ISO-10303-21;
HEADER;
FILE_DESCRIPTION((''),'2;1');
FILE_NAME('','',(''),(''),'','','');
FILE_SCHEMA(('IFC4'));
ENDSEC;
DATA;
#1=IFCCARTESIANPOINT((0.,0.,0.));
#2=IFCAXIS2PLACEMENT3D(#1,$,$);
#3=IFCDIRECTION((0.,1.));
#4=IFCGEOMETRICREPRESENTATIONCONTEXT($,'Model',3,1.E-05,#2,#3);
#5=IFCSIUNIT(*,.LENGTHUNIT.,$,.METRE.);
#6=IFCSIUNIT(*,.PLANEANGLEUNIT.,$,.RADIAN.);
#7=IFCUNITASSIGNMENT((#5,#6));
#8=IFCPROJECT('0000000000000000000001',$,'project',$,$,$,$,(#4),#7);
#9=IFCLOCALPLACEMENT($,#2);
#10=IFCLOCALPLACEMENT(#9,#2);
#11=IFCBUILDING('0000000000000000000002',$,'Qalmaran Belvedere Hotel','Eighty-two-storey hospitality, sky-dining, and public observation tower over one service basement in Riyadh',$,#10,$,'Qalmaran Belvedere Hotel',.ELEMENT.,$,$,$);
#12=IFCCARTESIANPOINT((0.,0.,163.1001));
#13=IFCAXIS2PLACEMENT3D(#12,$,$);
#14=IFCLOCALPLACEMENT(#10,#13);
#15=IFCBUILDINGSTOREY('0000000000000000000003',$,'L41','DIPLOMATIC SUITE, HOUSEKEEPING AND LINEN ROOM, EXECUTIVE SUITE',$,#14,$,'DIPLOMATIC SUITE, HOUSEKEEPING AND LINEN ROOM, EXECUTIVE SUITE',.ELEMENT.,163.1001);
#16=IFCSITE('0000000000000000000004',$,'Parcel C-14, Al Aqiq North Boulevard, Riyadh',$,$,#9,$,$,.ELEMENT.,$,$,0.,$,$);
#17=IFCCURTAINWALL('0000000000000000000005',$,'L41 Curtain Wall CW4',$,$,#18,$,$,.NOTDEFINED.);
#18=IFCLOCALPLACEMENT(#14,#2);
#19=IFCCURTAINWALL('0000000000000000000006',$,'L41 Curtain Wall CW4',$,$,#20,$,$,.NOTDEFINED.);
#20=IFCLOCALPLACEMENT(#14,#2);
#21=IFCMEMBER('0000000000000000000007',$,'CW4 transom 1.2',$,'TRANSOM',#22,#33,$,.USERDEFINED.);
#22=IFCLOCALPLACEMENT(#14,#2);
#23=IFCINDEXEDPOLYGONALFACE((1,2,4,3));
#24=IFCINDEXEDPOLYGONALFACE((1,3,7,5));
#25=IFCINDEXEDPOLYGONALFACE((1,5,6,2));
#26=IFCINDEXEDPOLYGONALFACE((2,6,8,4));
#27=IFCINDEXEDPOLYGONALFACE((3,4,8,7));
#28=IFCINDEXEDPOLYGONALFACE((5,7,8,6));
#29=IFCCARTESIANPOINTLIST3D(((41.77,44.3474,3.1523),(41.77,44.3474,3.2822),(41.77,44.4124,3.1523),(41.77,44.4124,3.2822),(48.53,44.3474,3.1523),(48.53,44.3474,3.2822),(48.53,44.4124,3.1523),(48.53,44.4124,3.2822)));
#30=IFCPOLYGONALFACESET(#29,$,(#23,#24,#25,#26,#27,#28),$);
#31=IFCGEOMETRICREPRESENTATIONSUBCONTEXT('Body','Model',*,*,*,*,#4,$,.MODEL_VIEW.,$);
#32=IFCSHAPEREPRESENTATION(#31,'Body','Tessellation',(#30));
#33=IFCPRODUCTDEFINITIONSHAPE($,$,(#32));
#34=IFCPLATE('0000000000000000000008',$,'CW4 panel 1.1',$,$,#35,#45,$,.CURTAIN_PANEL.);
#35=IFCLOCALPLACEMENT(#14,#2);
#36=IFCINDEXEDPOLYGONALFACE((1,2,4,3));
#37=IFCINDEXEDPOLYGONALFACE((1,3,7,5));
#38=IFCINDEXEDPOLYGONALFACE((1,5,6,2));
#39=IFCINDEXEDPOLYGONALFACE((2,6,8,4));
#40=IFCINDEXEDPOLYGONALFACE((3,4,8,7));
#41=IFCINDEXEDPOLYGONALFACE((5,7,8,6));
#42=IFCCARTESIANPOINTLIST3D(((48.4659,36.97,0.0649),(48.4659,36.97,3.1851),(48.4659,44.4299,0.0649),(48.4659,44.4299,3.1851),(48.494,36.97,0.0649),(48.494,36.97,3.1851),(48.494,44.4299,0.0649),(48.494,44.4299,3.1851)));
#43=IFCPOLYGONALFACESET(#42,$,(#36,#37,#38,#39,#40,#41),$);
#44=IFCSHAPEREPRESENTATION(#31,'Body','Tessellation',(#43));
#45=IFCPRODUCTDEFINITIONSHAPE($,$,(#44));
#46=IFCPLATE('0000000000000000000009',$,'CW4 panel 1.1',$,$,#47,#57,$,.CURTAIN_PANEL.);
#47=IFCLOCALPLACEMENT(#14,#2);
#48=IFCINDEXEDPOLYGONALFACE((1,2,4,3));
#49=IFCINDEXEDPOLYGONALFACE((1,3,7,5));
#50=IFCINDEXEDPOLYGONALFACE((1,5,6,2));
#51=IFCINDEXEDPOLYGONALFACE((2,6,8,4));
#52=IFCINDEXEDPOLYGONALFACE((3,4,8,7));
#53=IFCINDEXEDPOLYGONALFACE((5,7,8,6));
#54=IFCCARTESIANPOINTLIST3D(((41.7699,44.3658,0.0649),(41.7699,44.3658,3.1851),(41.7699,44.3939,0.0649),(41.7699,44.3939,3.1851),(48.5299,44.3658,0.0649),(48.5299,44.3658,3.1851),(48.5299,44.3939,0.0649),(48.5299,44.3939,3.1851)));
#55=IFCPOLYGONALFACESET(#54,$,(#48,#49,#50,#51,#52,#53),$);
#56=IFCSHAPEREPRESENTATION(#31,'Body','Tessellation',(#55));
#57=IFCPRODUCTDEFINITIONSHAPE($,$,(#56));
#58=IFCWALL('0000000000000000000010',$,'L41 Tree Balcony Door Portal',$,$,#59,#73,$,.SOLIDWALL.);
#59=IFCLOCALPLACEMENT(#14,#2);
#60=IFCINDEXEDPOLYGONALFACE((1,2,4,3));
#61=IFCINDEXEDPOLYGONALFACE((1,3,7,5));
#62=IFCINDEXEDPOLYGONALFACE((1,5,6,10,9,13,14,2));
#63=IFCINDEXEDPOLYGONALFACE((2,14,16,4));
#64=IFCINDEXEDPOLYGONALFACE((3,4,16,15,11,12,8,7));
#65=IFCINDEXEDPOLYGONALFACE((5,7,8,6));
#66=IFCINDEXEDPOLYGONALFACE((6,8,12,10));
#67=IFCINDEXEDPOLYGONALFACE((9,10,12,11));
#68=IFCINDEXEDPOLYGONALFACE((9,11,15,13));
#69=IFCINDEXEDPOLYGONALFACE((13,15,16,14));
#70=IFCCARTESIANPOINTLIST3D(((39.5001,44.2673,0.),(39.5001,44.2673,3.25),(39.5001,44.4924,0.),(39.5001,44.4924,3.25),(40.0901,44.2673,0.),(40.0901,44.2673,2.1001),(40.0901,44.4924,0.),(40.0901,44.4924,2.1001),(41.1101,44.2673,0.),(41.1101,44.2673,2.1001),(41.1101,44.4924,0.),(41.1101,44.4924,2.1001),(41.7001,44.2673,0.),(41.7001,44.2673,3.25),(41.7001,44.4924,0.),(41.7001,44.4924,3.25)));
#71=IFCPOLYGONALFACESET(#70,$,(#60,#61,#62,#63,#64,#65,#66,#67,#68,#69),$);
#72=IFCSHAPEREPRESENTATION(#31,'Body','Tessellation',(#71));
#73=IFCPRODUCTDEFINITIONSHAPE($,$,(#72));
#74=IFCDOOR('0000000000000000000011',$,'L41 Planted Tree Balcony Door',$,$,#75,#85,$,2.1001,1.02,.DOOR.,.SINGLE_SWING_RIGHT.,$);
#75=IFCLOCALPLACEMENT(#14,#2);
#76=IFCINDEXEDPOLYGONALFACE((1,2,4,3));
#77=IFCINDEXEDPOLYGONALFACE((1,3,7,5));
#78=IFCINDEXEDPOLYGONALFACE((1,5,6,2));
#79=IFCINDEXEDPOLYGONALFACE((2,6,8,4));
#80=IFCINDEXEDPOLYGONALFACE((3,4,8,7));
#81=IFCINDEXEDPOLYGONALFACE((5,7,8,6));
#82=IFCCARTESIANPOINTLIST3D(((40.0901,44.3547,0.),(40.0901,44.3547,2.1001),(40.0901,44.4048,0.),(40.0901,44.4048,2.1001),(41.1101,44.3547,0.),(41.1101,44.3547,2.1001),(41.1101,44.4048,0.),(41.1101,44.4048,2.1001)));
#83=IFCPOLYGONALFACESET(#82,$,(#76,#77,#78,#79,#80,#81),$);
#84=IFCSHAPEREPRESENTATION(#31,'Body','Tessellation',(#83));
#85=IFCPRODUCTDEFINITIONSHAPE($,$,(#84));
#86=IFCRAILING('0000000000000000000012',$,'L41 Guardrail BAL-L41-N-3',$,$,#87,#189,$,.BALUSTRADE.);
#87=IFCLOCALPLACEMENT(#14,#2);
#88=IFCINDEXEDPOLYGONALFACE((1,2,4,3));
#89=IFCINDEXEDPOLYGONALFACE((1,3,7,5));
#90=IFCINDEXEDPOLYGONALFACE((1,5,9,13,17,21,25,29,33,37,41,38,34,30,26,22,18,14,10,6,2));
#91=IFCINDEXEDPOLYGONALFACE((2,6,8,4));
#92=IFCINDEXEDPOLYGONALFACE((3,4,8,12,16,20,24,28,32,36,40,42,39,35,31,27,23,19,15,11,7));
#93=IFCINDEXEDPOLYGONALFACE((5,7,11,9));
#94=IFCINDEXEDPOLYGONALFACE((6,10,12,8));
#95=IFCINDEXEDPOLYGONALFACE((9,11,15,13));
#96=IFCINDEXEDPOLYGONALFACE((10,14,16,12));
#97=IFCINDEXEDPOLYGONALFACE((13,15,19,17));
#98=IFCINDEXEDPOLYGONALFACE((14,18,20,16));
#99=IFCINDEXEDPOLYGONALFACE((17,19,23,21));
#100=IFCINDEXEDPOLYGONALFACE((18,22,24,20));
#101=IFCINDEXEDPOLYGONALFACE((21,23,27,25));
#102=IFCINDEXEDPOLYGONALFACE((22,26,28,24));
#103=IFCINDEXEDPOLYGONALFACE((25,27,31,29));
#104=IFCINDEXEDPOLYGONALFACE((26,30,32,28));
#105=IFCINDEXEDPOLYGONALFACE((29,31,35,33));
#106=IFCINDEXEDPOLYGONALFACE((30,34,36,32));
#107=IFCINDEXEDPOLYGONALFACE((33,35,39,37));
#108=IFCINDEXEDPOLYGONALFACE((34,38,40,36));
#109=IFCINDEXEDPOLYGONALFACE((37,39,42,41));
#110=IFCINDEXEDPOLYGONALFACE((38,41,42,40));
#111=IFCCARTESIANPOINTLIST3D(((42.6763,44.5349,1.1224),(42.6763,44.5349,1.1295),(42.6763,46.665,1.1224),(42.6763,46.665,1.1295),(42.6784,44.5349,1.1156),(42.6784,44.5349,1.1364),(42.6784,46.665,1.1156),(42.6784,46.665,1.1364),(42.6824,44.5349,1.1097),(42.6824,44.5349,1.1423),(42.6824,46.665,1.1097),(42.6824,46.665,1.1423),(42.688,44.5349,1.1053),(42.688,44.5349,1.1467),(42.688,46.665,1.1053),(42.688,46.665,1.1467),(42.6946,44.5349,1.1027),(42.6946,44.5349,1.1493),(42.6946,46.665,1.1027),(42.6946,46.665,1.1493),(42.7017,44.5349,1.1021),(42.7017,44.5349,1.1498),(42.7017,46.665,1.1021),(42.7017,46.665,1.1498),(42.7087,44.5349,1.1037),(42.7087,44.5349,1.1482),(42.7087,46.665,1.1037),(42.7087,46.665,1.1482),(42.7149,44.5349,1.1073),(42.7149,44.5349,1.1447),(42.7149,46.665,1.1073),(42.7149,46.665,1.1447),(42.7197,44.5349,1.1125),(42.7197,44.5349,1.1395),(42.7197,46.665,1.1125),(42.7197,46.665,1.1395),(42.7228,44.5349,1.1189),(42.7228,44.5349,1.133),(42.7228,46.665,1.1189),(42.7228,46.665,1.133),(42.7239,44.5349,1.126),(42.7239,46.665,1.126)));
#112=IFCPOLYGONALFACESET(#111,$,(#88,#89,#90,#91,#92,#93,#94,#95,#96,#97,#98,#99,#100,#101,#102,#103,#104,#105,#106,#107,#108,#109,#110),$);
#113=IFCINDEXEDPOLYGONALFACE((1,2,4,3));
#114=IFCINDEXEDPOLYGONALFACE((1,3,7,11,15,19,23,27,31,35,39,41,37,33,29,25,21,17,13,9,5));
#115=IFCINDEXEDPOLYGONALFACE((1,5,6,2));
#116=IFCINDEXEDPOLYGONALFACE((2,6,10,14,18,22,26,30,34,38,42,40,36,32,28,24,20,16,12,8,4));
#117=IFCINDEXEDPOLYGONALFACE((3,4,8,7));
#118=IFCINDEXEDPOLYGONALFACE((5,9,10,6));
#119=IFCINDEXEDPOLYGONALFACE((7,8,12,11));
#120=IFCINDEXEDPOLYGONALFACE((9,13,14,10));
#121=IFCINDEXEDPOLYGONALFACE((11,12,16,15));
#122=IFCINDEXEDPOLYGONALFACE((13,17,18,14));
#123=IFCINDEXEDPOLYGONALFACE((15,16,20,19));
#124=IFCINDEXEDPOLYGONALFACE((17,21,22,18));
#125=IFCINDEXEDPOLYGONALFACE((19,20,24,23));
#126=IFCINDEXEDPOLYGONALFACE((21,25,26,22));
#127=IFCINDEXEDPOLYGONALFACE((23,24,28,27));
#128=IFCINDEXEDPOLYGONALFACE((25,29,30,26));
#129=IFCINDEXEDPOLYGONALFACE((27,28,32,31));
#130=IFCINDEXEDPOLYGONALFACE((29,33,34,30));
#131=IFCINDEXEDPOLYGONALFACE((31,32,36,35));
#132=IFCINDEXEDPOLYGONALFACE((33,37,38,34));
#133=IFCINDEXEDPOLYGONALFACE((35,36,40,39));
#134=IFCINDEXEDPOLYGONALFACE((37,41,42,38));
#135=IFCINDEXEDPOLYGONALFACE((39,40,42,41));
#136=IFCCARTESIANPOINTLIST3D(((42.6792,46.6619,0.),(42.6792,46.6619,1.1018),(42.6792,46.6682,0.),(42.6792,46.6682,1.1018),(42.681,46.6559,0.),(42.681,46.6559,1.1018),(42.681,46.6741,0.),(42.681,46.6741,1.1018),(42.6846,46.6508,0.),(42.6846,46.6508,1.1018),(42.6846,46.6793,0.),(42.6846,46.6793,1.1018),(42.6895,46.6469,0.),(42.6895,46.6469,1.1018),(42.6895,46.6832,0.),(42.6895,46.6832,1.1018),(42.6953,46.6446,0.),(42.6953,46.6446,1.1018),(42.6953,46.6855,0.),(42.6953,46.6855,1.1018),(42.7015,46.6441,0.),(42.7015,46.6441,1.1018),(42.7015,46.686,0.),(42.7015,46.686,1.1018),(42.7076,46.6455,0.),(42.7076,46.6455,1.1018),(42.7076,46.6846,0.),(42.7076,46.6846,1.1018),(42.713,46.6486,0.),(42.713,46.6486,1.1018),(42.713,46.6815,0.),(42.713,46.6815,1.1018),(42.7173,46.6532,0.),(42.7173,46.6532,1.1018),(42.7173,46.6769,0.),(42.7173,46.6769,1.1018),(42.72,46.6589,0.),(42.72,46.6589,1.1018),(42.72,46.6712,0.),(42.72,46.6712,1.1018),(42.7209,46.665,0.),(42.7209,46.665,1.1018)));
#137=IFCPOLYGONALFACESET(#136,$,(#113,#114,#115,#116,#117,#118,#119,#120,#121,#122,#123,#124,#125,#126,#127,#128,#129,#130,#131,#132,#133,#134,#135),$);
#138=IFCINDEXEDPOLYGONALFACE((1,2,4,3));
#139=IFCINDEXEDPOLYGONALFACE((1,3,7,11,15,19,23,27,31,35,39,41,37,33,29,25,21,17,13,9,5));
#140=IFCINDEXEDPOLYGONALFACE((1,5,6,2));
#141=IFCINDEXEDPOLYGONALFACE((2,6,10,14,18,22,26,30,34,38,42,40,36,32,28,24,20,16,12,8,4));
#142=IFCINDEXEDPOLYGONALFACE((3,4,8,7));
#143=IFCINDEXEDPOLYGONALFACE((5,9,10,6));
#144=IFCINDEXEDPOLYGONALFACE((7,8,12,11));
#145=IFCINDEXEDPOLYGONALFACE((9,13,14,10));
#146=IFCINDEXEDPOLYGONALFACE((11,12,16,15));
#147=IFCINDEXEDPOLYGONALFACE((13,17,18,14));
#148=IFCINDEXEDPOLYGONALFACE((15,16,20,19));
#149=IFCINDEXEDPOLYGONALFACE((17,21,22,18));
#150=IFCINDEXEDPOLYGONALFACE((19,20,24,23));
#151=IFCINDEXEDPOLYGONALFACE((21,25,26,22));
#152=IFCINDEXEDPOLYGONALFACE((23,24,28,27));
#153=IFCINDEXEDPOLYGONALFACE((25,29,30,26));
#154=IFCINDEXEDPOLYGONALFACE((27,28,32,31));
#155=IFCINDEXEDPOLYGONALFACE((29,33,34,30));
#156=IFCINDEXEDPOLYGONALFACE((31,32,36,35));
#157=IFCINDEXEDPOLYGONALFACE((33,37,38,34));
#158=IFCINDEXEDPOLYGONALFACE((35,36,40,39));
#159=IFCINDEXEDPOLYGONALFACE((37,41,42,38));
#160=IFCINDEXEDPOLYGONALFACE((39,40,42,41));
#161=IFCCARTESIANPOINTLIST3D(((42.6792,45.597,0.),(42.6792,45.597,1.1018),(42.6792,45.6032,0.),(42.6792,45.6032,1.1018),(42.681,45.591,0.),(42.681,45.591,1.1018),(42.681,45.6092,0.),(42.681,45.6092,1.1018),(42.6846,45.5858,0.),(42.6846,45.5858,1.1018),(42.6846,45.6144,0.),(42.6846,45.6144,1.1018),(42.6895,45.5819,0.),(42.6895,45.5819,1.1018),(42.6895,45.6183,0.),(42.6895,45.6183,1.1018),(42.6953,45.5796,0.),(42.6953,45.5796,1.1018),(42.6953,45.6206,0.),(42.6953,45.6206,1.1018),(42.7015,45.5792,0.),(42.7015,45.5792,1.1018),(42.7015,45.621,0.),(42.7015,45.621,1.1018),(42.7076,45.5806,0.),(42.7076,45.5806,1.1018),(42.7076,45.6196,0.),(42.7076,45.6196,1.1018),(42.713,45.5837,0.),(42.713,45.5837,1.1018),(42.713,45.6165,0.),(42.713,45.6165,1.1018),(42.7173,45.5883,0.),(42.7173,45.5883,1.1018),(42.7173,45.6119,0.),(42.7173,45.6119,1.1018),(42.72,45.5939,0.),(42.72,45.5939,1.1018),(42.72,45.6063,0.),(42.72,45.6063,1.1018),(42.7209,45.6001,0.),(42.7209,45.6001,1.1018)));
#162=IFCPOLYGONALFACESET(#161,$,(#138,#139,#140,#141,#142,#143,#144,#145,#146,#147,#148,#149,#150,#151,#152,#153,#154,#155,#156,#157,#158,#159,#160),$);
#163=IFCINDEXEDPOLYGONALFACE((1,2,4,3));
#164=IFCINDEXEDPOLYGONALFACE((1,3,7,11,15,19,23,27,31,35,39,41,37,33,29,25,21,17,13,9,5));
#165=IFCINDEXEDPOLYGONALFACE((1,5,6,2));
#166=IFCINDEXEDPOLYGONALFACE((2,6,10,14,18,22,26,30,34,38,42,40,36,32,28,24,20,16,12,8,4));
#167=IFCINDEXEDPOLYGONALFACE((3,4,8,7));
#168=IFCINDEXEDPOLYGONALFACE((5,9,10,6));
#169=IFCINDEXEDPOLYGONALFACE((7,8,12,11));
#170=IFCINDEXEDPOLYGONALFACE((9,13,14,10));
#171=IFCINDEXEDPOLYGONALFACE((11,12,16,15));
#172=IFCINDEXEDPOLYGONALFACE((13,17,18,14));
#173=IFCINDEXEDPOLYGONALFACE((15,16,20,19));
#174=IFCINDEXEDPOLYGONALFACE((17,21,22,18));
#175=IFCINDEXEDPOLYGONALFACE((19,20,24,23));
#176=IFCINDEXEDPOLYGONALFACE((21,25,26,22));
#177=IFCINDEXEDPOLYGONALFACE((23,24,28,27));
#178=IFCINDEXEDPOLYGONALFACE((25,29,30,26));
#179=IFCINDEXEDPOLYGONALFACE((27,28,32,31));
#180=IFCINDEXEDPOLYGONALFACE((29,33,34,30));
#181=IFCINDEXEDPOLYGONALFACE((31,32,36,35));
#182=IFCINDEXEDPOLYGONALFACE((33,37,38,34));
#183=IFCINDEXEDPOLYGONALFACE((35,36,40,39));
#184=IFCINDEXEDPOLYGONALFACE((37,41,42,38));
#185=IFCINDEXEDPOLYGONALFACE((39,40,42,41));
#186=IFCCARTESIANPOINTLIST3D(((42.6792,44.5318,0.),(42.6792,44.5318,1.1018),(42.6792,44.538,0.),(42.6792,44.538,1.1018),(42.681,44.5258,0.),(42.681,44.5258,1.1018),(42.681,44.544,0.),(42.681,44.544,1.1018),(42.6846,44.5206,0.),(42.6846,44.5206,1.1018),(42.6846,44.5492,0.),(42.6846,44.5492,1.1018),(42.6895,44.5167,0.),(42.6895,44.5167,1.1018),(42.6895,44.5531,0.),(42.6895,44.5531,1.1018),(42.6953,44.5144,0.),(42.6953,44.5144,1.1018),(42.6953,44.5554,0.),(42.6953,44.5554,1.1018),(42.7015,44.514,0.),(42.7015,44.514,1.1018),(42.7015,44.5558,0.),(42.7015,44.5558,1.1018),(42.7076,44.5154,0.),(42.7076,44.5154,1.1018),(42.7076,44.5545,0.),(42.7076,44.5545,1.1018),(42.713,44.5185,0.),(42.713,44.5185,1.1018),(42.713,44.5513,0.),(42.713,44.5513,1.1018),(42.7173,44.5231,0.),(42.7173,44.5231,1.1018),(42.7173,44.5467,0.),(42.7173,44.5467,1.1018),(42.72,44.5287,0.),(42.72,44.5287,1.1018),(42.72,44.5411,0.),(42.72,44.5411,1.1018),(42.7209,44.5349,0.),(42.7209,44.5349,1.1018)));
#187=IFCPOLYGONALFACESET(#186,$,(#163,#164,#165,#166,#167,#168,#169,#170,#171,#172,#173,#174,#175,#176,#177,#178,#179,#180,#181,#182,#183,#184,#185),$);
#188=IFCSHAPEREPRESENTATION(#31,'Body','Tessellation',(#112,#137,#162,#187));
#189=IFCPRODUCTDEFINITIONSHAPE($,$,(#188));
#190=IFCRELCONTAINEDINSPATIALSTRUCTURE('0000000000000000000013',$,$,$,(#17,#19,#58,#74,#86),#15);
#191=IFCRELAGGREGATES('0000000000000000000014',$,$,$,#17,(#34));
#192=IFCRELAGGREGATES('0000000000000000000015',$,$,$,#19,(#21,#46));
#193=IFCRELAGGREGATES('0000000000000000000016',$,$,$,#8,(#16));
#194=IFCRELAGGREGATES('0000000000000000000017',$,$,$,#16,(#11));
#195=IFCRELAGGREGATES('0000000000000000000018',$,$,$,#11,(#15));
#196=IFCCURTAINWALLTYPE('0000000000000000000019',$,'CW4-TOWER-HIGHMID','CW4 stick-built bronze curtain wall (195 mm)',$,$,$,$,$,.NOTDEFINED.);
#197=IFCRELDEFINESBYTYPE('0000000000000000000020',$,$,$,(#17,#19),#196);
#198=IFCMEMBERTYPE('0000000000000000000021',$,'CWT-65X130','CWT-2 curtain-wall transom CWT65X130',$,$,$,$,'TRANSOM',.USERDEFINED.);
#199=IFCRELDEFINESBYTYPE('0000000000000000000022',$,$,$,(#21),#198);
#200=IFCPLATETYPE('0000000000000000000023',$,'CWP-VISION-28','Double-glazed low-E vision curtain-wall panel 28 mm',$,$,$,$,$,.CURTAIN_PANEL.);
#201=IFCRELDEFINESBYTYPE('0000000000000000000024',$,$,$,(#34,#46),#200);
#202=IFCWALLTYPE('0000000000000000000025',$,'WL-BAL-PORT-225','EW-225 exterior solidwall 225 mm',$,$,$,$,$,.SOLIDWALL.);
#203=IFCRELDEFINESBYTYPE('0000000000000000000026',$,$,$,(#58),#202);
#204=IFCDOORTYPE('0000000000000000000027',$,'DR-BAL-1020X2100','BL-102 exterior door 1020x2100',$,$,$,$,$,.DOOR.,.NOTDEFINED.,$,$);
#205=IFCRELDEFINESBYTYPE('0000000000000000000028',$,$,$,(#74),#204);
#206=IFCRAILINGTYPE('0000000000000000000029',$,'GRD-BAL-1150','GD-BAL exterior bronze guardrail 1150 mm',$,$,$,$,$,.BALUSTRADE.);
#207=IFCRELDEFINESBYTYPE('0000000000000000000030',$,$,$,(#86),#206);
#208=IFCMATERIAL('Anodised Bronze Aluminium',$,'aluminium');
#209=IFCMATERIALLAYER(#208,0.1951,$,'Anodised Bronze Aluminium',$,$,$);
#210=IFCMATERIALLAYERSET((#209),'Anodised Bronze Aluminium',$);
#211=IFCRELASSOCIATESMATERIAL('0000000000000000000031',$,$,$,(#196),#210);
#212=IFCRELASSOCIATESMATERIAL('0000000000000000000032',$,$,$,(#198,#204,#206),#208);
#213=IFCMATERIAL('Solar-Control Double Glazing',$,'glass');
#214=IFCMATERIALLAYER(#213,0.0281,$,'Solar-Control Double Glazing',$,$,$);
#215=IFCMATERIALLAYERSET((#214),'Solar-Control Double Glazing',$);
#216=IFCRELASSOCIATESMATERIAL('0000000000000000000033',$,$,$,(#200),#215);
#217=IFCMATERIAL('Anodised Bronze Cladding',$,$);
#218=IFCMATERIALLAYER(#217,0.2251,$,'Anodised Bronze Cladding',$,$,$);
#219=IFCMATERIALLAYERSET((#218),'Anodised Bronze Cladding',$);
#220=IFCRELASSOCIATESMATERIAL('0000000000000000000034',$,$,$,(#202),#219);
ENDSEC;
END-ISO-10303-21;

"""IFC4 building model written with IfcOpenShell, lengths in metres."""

from ifc_helpers import new_model, si_unit, direction, frame, frame_2d, origin, origin_2d, place, context, subcontext, project, spatial, rectangle, circle, extrude, material, layer, layer_set, material_profile, profile_set, type_object, element, fill, aggregate, save


model = new_model("IFC4")

# Units and contexts
model_context = context("Model", 3, precision=1e-05, world=origin(), true_north=direction((0.0, 1.0)))
body_context = subcontext(model_context, "Body", "Model", "MODEL_VIEW")
ifc_project = project(units=[si_unit("LENGTHUNIT", "METRE"), si_unit("PLANEANGLEUNIT", "RADIAN")], contexts=[model_context])

# Site, building, storey
site_placement = place(None, origin())
site = spatial("IfcSite", under=ifc_project, at=site_placement, Name="Parcel C-14, Al Aqiq North Boulevard, Riyadh", CompositionType="ELEMENT", RefElevation=0.0)
building_placement = place(site_placement, origin())
building = spatial("IfcBuilding", under=site, at=building_placement, Name="Qalmaran Belvedere Hotel", Description="Eighty-two-storey hospitality, sky-dining, and public observation tower over one service basement in Riyadh", LongName="Qalmaran Belvedere Hotel", CompositionType="ELEMENT")
storey_placement = place(building_placement, frame((0.0, 0.0, 163.1001)))
storey = spatial("IfcBuildingStorey", under=building, at=storey_placement, Name="L41", Description="DIPLOMATIC SUITE, HOUSEKEEPING AND LINEN ROOM, EXECUTIVE SUITE", LongName="DIPLOMATIC SUITE, HOUSEKEEPING AND LINEN ROOM, EXECUTIVE SUITE", CompositionType="ELEMENT", Elevation=163.1001)

# Shared definitions
ifc_material_1 = material(Name="Anodised Bronze Aluminium", Category="aluminium")
ifc_layer_1 = layer(ifc_material_1, 0.1951, Name="Anodised Bronze Aluminium")
ifc_layer_set_1 = layer_set([ifc_layer_1], Name="Anodised Bronze Aluminium")
curtain_wall_type = type_object("IfcCurtainWallType", Name="CW4-TOWER-HIGHMID", Description="CW4 stick-built bronze curtain wall (195 mm)", PredefinedType="NOTDEFINED", material=ifc_layer_set_1)

# Curtain wall
curtain_wall_1_placement = place(storey_placement, origin())
curtain_wall_1 = element("IfcCurtainWall", 1, at=curtain_wall_1_placement, inside=storey, type_object=curtain_wall_type, Name="L41 Curtain Wall CW4", PredefinedType="NOTDEFINED")

# Curtain wall
curtain_wall_2_placement = place(storey_placement, origin())
curtain_wall_2 = element("IfcCurtainWall", 2, at=curtain_wall_2_placement, inside=storey, type_object=curtain_wall_type, Name="L41 Curtain Wall CW4", PredefinedType="NOTDEFINED")

# Member
ifc_material_profile_1 = material_profile(ifc_material_1, rectangle(XDim=0.0649, YDim=0.1299, at=origin_2d()), Name="CWT65X130")
ifc_profile_set_1 = profile_set([ifc_material_profile_1], Name="Anodised Bronze Aluminium")
member_type_1 = type_object("IfcMemberType", Name="CWT-65X130", Description="CWT-2 curtain-wall transom CWT65X130", ElementType="TRANSOM", PredefinedType="USERDEFINED", material=ifc_profile_set_1)
member_1_placement = place(storey_placement, frame((48.53, 44.3799, 3.2173), z_axis=(-1.0, 0.0, 0.0), x_axis=(0.0, -1.0, 0.0)))
member_1 = element("IfcMember", 3, at=member_1_placement, type_object=member_type_1, Name="CW4 transom 1.2", ObjectType="TRANSOM", PredefinedType="USERDEFINED", context=body_context, shape_type="SweptSolid", body=[
    extrude(rectangle(XDim=0.0649, YDim=0.1299, at=origin_2d()), origin(), (0.0, 0.0, 1.0), 6.76),
])

# Plates
ifc_material_2 = material(Name="Solar-Control Double Glazing", Category="glass")
ifc_layer_2 = layer(ifc_material_2, 0.0281, Name="Solar-Control Double Glazing")
ifc_layer_set_2 = layer_set([ifc_layer_2], Name="Solar-Control Double Glazing")
plate_type = type_object("IfcPlateType", Name="CWP-VISION-28", Description="Double-glazed low-E vision curtain-wall panel 28 mm", PredefinedType="CURTAIN_PANEL", material=ifc_layer_set_2)
plate_1_placement = place(storey_placement, frame((48.48, 40.7, 0.0649), z_axis=(0.0, 0.0, 1.0), x_axis=(0.0, 1.0, 0.0)))
plate_1 = element("IfcPlate", 4, at=plate_1_placement, type_object=plate_type, Name="CW4 panel 1.1", PredefinedType="CURTAIN_PANEL", context=body_context, shape_type="SweptSolid", body=[
    extrude(rectangle(XDim=7.46, YDim=0.0281, at=origin_2d()), origin(), (0.0, 0.0, 1.0), 3.1201),
])
aggregate(curtain_wall_1, [plate_1])
plate_2_placement = place(storey_placement, frame((45.1499, 44.3799, 0.0649), z_axis=(0.0, 0.0, 1.0), x_axis=(-1.0, 0.0, 0.0)))
plate_2 = element("IfcPlate", 5, at=plate_2_placement, type_object=plate_type, Name="CW4 panel 1.1", PredefinedType="CURTAIN_PANEL", context=body_context, shape_type="SweptSolid", body=[
    extrude(rectangle(XDim=6.76, YDim=0.0281, at=origin_2d()), origin(), (0.0, 0.0, 1.0), 3.1201),
])
aggregate(curtain_wall_2, [member_1, plate_2])

# Wall, opening, door
ifc_material_3 = material(Name="Anodised Bronze Cladding")
ifc_layer_3 = layer(ifc_material_3, 0.2251, Name="Anodised Bronze Cladding")
ifc_layer_set_3 = layer_set([ifc_layer_3], Name="Anodised Bronze Cladding")
wall_type = type_object("IfcWallType", Name="WL-BAL-PORT-225", Description="EW-225 exterior solidwall 225 mm", PredefinedType="SOLIDWALL", material=ifc_layer_set_3)
wall_placement = place(storey_placement, frame((39.5, 44.3799, 0.0), z_axis=(0.0, 0.0, 1.0), x_axis=(1.0, 0.0, 0.0)))
wall = element("IfcWall", 6, at=wall_placement, inside=storey, type_object=wall_type, Name="L41 Tree Balcony Door Portal", PredefinedType="SOLIDWALL", context=body_context, shape_type="SweptSolid", body=[
    extrude(rectangle(XDim=2.2, YDim=0.2251, at=frame_2d((1.1001, 0.0))), origin(), (0.0, 0.0, 1.0), 3.25),
])
opening_placement = place(wall_placement, frame((0.5901, 0.0, 0.0)))
opening = element("IfcOpeningElement", 7, at=opening_placement, cuts=wall, PredefinedType="OPENING", context=body_context, shape_type="SweptSolid", body=[
    extrude(rectangle(XDim=1.02, YDim=2.1001, at=frame_2d((0.51, 1.05))), frame((0.0, 0.1226, 0.0), z_axis=(0.0, -1.0, 0.0), x_axis=(1.0, 0.0, 0.0)), (0.0, 0.0, 1.0), 0.2451),
])
door_type = type_object("IfcDoorType", Name="DR-BAL-1020X2100", Description="BL-102 exterior door 1020x2100", OperationType="NOTDEFINED", PredefinedType="DOOR", material=ifc_material_1)
door_placement = place(opening_placement, origin())
door = element("IfcDoor", 8, at=door_placement, inside=storey, type_object=door_type, Name="L41 Planted Tree Balcony Door", OperationType="SINGLE_SWING_RIGHT", OverallHeight=2.1001, OverallWidth=1.02, PredefinedType="DOOR", context=body_context, shape_type="SweptSolid", body=[
    extrude(rectangle(XDim=1.02, YDim=2.1001, at=frame_2d((0.51, 1.05))), frame((0.0, 0.0249, 0.0), z_axis=(0.0, -1.0, 0.0), x_axis=(1.0, 0.0, 0.0)), (0.0, 0.0, 1.0), 0.05),
])
fill(opening, door)

# Railing
railing_type = type_object("IfcRailingType", Name="GRD-BAL-1150", Description="GD-BAL exterior bronze guardrail 1150 mm", PredefinedType="BALUSTRADE", material=ifc_material_1)
railing_placement = place(storey_placement, frame((42.7, 46.665, 0.0)))
element("IfcRailing", 9, at=railing_placement, inside=storey, type_object=railing_type, Name="L41 Guardrail BAL-L41-N-3", PredefinedType="BALUSTRADE", context=body_context, shape_type="SweptSolid", body=[
    extrude(circle(Radius=0.0239, at=origin_2d()), frame((0.0, 0.0, 1.126), z_axis=(0.0, -1.0, 0.0), x_axis=(1.0, 0.0, 0.0)), (0.0, 0.0, 1.0), 2.1301),
    extrude(circle(Radius=0.021, at=origin_2d()), origin(), (0.0, 0.0, 1.0), 1.1018),
    extrude(circle(Radius=0.021, at=origin_2d()), frame((0.0, -1.0649, 0.0)), (0.0, 0.0, 1.0), 1.1018),
    extrude(circle(Radius=0.021, at=origin_2d()), frame((0.0, -2.1301, 0.0)), (0.0, 0.0, 1.0), 1.1018),
])

save(model, "model.ifc")
